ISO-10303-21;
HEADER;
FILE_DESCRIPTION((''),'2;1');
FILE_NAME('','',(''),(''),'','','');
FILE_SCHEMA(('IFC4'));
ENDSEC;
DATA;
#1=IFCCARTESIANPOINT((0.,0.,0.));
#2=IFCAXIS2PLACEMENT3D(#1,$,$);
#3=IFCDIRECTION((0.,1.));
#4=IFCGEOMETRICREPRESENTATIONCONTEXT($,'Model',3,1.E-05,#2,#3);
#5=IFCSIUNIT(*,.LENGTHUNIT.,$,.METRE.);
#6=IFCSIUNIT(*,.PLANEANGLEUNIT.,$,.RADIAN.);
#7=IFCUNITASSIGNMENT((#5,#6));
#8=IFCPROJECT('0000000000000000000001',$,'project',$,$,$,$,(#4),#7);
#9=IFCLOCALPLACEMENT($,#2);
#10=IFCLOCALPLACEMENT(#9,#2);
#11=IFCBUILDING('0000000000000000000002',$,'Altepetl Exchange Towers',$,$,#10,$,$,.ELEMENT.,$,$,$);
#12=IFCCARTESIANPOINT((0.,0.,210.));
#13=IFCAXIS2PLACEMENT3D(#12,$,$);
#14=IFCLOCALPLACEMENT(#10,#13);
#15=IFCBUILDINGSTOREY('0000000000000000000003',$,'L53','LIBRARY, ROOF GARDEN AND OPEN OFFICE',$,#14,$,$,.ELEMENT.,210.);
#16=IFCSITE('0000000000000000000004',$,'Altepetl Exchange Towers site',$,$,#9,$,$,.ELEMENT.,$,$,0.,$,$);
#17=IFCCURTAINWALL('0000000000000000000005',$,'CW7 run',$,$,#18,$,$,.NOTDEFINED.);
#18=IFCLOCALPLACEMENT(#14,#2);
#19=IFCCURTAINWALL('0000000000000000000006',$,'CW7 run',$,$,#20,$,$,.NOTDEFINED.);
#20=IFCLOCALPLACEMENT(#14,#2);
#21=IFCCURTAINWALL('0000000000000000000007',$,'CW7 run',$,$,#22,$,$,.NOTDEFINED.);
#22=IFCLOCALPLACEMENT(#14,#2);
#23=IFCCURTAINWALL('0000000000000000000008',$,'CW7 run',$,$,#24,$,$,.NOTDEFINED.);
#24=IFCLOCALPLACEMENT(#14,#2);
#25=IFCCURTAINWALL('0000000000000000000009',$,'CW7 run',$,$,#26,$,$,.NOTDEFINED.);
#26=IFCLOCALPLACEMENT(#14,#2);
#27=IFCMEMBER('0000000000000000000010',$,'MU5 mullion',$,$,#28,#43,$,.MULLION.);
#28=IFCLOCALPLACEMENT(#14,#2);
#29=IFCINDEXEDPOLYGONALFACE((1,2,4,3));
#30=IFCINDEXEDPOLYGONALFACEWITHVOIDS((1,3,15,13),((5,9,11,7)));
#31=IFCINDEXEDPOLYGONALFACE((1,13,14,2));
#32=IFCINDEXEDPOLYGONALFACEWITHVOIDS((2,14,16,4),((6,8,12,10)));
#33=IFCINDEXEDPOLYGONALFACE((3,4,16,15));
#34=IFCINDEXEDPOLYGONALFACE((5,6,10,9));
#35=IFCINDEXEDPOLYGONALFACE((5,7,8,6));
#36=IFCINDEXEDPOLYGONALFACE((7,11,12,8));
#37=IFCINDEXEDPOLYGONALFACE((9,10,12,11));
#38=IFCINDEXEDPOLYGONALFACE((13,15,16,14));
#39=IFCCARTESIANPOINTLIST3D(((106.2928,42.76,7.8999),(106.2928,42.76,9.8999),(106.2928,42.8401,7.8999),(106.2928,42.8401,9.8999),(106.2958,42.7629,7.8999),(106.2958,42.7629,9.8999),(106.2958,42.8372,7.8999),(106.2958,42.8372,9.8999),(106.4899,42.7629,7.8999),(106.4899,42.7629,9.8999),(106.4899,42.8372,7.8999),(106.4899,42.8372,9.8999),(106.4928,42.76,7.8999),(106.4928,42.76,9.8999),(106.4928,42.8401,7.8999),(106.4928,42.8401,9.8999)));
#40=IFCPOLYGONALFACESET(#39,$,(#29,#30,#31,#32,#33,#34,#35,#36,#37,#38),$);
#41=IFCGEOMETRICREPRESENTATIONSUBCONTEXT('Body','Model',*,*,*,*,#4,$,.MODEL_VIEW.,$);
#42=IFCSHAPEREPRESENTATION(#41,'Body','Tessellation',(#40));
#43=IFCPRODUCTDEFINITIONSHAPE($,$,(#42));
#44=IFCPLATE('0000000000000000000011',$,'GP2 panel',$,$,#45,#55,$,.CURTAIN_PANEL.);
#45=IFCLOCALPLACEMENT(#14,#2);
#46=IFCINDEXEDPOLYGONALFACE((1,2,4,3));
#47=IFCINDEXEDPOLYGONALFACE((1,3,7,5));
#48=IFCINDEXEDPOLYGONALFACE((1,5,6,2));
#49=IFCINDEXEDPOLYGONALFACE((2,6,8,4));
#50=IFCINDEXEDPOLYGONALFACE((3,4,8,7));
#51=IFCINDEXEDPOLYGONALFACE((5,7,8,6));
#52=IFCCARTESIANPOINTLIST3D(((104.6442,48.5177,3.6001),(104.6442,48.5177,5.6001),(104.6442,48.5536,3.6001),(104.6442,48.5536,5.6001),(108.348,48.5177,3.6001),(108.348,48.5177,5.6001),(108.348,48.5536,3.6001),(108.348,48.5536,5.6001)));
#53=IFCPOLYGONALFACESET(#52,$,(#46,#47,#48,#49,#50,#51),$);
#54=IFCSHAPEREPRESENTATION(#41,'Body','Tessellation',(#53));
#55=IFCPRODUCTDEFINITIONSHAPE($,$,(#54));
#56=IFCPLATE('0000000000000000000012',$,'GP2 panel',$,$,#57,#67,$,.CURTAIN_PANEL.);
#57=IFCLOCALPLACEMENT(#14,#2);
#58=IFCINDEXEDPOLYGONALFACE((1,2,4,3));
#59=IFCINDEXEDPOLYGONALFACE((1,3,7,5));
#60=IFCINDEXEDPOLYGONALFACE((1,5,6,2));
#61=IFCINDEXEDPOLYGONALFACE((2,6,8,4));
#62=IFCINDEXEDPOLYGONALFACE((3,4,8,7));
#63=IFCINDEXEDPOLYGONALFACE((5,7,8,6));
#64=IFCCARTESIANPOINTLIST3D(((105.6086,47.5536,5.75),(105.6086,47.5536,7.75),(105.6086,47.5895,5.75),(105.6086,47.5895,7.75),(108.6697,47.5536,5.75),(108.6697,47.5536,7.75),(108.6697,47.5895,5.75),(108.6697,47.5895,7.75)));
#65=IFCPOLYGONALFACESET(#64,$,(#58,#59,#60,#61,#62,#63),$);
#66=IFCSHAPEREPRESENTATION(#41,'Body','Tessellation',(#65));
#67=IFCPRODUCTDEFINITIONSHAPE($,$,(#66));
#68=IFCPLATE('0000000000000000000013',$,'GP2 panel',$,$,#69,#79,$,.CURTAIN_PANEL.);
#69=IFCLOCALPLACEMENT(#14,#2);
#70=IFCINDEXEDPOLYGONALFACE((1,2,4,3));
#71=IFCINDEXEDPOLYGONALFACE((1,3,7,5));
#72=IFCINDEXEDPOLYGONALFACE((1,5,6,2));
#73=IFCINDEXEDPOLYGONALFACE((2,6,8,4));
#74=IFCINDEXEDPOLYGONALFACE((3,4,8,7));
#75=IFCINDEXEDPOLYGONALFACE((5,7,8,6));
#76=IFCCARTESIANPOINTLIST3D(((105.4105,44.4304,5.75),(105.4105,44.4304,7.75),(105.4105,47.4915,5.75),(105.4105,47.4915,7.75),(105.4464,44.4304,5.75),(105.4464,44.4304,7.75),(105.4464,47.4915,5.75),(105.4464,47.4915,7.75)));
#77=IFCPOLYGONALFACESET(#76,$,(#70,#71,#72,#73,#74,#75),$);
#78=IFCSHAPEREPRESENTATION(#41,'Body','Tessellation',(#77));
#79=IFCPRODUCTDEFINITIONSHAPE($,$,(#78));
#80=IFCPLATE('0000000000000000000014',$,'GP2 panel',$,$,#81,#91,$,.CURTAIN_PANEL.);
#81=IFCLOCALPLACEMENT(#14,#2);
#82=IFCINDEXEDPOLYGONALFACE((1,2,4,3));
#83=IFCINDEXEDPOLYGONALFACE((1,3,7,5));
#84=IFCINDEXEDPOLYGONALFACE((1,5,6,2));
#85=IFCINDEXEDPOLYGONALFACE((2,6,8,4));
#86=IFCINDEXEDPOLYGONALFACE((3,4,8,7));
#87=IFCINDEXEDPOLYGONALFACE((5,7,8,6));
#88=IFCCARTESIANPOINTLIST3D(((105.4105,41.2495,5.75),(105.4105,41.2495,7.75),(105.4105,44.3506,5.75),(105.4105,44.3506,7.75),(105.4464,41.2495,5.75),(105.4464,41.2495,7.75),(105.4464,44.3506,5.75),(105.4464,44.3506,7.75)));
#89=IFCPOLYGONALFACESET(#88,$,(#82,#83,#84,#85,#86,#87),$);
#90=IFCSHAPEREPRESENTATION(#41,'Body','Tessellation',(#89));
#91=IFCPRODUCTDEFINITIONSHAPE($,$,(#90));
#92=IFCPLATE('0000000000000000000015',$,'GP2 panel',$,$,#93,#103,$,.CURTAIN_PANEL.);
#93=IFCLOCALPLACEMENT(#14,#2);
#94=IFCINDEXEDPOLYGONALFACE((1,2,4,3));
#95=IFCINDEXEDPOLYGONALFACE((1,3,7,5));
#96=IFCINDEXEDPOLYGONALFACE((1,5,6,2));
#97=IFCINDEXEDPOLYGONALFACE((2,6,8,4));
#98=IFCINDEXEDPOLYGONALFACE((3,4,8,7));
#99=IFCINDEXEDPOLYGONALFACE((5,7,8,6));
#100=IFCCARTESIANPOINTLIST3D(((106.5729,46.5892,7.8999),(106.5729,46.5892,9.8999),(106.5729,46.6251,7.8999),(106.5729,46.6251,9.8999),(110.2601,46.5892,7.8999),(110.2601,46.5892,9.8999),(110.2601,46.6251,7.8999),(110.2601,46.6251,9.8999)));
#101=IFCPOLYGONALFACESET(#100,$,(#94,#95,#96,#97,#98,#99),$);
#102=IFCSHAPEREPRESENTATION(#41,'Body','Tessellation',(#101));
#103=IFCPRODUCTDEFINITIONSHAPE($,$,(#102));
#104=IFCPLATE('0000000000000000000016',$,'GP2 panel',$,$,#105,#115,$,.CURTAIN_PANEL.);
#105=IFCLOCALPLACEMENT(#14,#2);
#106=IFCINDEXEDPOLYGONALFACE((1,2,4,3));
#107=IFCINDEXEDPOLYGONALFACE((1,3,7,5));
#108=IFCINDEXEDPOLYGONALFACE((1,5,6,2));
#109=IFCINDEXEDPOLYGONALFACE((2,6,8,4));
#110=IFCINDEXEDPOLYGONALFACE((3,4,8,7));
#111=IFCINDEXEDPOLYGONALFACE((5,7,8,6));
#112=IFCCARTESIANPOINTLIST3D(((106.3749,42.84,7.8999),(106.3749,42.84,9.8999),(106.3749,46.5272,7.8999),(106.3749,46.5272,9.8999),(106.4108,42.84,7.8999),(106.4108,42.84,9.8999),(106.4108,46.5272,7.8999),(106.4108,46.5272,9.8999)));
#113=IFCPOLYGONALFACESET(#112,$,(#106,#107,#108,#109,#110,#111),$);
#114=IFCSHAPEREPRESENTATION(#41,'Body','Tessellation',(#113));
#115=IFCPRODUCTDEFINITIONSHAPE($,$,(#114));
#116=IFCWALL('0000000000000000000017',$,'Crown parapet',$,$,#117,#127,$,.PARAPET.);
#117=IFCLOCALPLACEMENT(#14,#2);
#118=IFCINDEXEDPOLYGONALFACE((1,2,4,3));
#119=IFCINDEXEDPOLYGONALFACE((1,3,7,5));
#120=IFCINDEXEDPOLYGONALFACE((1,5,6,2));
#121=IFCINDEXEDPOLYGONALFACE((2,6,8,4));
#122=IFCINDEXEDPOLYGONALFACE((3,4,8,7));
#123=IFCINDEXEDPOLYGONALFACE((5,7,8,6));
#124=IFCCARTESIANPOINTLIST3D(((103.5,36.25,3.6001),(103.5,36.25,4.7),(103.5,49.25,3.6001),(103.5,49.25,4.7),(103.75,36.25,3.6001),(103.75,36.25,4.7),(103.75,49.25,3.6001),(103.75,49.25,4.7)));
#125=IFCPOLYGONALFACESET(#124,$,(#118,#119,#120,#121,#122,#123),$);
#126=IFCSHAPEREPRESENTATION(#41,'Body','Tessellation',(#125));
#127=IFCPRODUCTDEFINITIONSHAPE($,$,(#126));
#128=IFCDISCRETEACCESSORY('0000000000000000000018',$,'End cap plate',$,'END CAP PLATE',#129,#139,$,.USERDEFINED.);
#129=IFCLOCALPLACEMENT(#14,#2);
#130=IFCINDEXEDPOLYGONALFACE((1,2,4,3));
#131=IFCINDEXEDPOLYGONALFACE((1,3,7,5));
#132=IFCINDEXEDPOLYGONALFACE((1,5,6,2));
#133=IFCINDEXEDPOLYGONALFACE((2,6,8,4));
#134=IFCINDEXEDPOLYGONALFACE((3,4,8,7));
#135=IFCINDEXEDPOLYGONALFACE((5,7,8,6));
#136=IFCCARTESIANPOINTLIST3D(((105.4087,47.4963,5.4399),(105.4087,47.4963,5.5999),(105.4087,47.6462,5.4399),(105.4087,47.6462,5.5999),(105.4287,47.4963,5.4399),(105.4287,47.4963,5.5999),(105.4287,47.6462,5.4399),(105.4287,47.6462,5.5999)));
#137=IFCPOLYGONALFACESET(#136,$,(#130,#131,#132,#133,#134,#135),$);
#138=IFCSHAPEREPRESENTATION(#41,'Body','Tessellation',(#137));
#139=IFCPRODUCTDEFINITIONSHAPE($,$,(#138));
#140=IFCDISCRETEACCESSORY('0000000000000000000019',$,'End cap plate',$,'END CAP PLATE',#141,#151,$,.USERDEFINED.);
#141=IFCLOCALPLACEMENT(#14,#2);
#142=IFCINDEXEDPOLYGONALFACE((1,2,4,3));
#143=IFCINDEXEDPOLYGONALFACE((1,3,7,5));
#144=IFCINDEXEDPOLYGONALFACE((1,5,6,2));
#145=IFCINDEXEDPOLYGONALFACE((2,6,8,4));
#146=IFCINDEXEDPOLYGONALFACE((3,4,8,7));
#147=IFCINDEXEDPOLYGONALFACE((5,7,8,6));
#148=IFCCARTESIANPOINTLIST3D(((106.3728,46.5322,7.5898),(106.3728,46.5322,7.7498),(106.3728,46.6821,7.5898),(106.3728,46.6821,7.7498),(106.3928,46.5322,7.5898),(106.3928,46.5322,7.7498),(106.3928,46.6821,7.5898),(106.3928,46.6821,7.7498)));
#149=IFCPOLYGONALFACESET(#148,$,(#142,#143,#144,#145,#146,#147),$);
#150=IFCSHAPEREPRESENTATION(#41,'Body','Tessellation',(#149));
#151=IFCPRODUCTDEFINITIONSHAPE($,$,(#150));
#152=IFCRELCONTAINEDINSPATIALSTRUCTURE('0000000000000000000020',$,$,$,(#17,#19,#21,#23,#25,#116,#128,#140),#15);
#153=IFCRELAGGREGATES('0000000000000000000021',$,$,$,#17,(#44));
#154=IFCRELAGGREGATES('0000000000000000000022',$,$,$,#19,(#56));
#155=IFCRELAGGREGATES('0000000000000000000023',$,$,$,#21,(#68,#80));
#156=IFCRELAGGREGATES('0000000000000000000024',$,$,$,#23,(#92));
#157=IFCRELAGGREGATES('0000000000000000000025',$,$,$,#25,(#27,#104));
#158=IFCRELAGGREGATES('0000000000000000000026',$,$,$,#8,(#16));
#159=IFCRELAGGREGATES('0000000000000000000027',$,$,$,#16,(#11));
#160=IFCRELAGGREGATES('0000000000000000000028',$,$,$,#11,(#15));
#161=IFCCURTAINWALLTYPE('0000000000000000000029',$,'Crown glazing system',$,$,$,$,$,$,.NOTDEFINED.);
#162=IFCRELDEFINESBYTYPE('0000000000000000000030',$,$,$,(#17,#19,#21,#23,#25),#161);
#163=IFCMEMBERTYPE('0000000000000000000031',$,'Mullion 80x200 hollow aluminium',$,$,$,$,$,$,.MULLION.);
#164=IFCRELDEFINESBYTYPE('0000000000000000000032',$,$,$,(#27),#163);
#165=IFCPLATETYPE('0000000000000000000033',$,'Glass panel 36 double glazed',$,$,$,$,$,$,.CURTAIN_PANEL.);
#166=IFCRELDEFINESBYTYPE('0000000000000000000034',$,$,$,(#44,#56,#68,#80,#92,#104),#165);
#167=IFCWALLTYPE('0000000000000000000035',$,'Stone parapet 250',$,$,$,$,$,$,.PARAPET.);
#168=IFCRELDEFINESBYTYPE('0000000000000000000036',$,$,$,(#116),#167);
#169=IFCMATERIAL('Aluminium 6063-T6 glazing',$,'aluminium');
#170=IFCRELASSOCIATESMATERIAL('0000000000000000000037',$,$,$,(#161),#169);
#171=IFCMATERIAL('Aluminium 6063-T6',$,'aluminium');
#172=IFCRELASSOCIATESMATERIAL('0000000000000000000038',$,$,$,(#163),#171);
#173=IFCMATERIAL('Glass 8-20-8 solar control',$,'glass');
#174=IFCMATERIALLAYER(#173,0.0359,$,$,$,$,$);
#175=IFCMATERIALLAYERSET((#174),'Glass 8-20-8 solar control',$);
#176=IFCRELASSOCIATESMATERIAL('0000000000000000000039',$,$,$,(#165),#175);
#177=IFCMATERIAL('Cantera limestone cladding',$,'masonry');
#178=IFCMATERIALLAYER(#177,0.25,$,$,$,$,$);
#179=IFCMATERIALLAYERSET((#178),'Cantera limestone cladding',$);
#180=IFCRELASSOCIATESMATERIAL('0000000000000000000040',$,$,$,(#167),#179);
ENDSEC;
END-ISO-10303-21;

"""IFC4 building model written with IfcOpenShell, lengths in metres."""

from ifc_helpers import new_model, si_unit, direction, frame, frame_2d, origin, origin_2d, place, context, subcontext, project, spatial, rectangle, hollow_rectangle, extrude, material, layer, layer_set, material_profile, profile_set, type_object, element, aggregate, save


model = new_model("IFC4")

# Units and contexts
model_context = context("Model", 3, precision=1e-05, world=origin(), true_north=direction((0.0, 1.0)))
body_context = subcontext(model_context, "Body", "Model", "MODEL_VIEW")
ifc_project = project(units=[si_unit("LENGTHUNIT", "METRE"), si_unit("PLANEANGLEUNIT", "RADIAN")], contexts=[model_context])

# Site, building, storey
site_placement = place(None, origin())
site = spatial("IfcSite", under=ifc_project, at=site_placement, Name="Altepetl Exchange Towers site", CompositionType="ELEMENT", RefElevation=0.0)
building_placement = place(site_placement, origin())
building = spatial("IfcBuilding", under=site, at=building_placement, Name="Altepetl Exchange Towers", CompositionType="ELEMENT")
storey_placement = place(building_placement, frame((0.0, 0.0, 210.0)))
storey = spatial("IfcBuildingStorey", under=building, at=storey_placement, Name="L53", Description="LIBRARY, ROOF GARDEN AND OPEN OFFICE", CompositionType="ELEMENT", Elevation=210.0)

# Curtain wall
ifc_material_1 = material(Name="Aluminium 6063-T6 glazing", Category="aluminium")
curtain_wall_type = type_object("IfcCurtainWallType", Name="Crown glazing system", PredefinedType="NOTDEFINED", material=ifc_material_1)
curtain_wall_1_placement = place(storey_placement, origin())
curtain_wall_1 = element("IfcCurtainWall", 1, at=curtain_wall_1_placement, inside=storey, type_object=curtain_wall_type, Name="CW7 run", PredefinedType="NOTDEFINED")
ifc_material_2 = material(Name="Aluminium 6063-T6", Category="aluminium")
ifc_material_profile_1 = material_profile(ifc_material_2, hollow_rectangle(XDim=0.0801, YDim=0.2, WallThickness=0.0029, at=origin_2d()), Name="Mullion 80x200 hollow aluminium")
ifc_profile_set_1 = profile_set([ifc_material_profile_1], Name="Aluminium 6063-T6")
member_type = type_object("IfcMemberType", Name="Mullion 80x200 hollow aluminium", PredefinedType="MULLION", material=ifc_profile_set_1)

# Curtain walls
curtain_wall_2_placement = place(storey_placement, origin())
curtain_wall_2 = element("IfcCurtainWall", 2, at=curtain_wall_2_placement, inside=storey, type_object=curtain_wall_type, Name="CW7 run", PredefinedType="NOTDEFINED")
curtain_wall_3_placement = place(storey_placement, origin())
curtain_wall_3 = element("IfcCurtainWall", 3, at=curtain_wall_3_placement, inside=storey, type_object=curtain_wall_type, Name="CW7 run", PredefinedType="NOTDEFINED")

# Curtain wall
curtain_wall_4_placement = place(storey_placement, origin())
curtain_wall_4 = element("IfcCurtainWall", 4, at=curtain_wall_4_placement, inside=storey, type_object=curtain_wall_type, Name="CW7 run", PredefinedType="NOTDEFINED")

# Curtain wall, member
curtain_wall_5_placement = place(storey_placement, origin())
curtain_wall_5 = element("IfcCurtainWall", 5, at=curtain_wall_5_placement, inside=storey, type_object=curtain_wall_type, Name="CW7 run", PredefinedType="NOTDEFINED")
member_1_placement = place(storey_placement, frame((106.3928, 42.8, 7.8999), z_axis=(0.0, 0.0, 1.0), x_axis=(0.0, -1.0, 0.0)))
member_1 = element("IfcMember", 6, at=member_1_placement, type_object=member_type, Name="MU5 mullion", PredefinedType="MULLION", context=body_context, shape_type="SweptSolid", body=[
    extrude(hollow_rectangle(XDim=0.0801, YDim=0.2, WallThickness=0.0029, at=origin_2d()), origin(), (0.0, 0.0, 1.0), 2.0),
])

# Plates
ifc_material_3 = material(Name="Glass 8-20-8 solar control", Category="glass")
ifc_layer_1 = layer(ifc_material_3, 0.0359)
ifc_layer_set_1 = layer_set([ifc_layer_1], Name="Glass 8-20-8 solar control")
plate_type = type_object("IfcPlateType", Name="Glass panel 36 double glazed", PredefinedType="CURTAIN_PANEL", material=ifc_layer_set_1)
plate_1_placement = place(storey_placement, frame((106.4961, 48.5356, 3.6001), z_axis=(0.0, 0.0, 1.0), x_axis=(-1.0, 0.0, 0.0)))
plate_1 = element("IfcPlate", 7, at=plate_1_placement, type_object=plate_type, Name="GP2 panel", PredefinedType="CURTAIN_PANEL", context=body_context, shape_type="SweptSolid", body=[
    extrude(rectangle(XDim=3.7039, YDim=0.0359, at=origin_2d()), origin(), (0.0, 0.0, 1.0), 2.0),
])
aggregate(curtain_wall_1, [plate_1])
plate_2_placement = place(storey_placement, frame((107.1392, 47.5715, 5.75), z_axis=(0.0, 0.0, 1.0), x_axis=(-1.0, 0.0, 0.0)))
plate_2 = element("IfcPlate", 8, at=plate_2_placement, type_object=plate_type, Name="GP2 panel", PredefinedType="CURTAIN_PANEL", context=body_context, shape_type="SweptSolid", body=[
    extrude(rectangle(XDim=3.061, YDim=0.0359, at=origin_2d()), origin(), (0.0, 0.0, 1.0), 2.0),
])
aggregate(curtain_wall_2, [plate_2])
plate_3_placement = place(storey_placement, frame((105.4285, 45.9609, 5.75), z_axis=(0.0, 0.0, 1.0), x_axis=(0.0, -1.0, 0.0)))
plate_3 = element("IfcPlate", 9, at=plate_3_placement, type_object=plate_type, Name="GP2 panel", PredefinedType="CURTAIN_PANEL", context=body_context, shape_type="SweptSolid", body=[
    extrude(rectangle(XDim=3.061, YDim=0.0359, at=origin_2d()), origin(), (0.0, 0.0, 1.0), 2.0),
])
plate_4_placement = place(storey_placement, frame((105.4285, 42.8, 5.75), z_axis=(0.0, 0.0, 1.0), x_axis=(0.0, -1.0, 0.0)))
plate_4 = element("IfcPlate", 10, at=plate_4_placement, type_object=plate_type, Name="GP2 panel", PredefinedType="CURTAIN_PANEL", context=body_context, shape_type="SweptSolid", body=[
    extrude(rectangle(XDim=3.1011, YDim=0.0359, at=origin_2d()), origin(), (0.0, 0.0, 1.0), 2.0),
])
aggregate(curtain_wall_3, [plate_3, plate_4])
plate_5_placement = place(storey_placement, frame((108.4165, 46.6072, 7.8999), z_axis=(0.0, 0.0, 1.0), x_axis=(-1.0, 0.0, 0.0)))
plate_5 = element("IfcPlate", 11, at=plate_5_placement, type_object=plate_type, Name="GP2 panel", PredefinedType="CURTAIN_PANEL", context=body_context, shape_type="SweptSolid", body=[
    extrude(rectangle(XDim=3.6873, YDim=0.0359, at=origin_2d()), origin(), (0.0, 0.0, 1.0), 2.0),
])
aggregate(curtain_wall_4, [plate_5])
plate_6_placement = place(storey_placement, frame((106.3928, 44.6836, 7.8999), z_axis=(0.0, 0.0, 1.0), x_axis=(0.0, -1.0, 0.0)))
plate_6 = element("IfcPlate", 12, at=plate_6_placement, type_object=plate_type, Name="GP2 panel", PredefinedType="CURTAIN_PANEL", context=body_context, shape_type="SweptSolid", body=[
    extrude(rectangle(XDim=3.6873, YDim=0.0359, at=origin_2d()), origin(), (0.0, 0.0, 1.0), 2.0),
])
aggregate(curtain_wall_5, [member_1, plate_6])

# Wall
ifc_material_4 = material(Name="Cantera limestone cladding", Category="masonry")
ifc_layer_2 = layer(ifc_material_4, 0.25)
ifc_layer_set_2 = layer_set([ifc_layer_2], Name="Cantera limestone cladding")
wall_type = type_object("IfcWallType", Name="Stone parapet 250", PredefinedType="PARAPET", material=ifc_layer_set_2)
wall_placement = place(storey_placement, frame((103.625, 49.25, 3.6001), z_axis=(0.0, 0.0, 1.0), x_axis=(0.0, -1.0, 0.0)))
element("IfcWall", 13, at=wall_placement, inside=storey, type_object=wall_type, Name="Crown parapet", PredefinedType="PARAPET", context=body_context, shape_type="SweptSolid", body=[
    extrude(rectangle(XDim=13.0, YDim=0.25, at=frame_2d((6.5, 0.0))), origin(), (0.0, 0.0, 1.0), 1.0999),
])

# Discrete accessories
for number, where, z_axis, x_axis, name in (
    (14, (105.4187, 47.5713, 5.4399), (0.0, 0.0, 1.0), (-1.0, 0.0, 0.0), "End cap plate"),
    (15, (106.3828, 46.6072, 7.5898), (0.0, 0.0, 1.0), (-1.0, 0.0, 0.0), "End cap plate"),
):
    element("IfcDiscreteAccessory", number, at=place(storey_placement, frame(where, z_axis=z_axis, x_axis=x_axis)), inside=storey, Name=name, ObjectType="END CAP PLATE", PredefinedType="USERDEFINED", context=body_context, shape_type="SweptSolid", body=[
        extrude(rectangle(XDim=0.02, YDim=0.1499, at=origin_2d()), origin(), (0.0, 0.0, 1.0), 0.1599),
    ])

save(model, "model.ifc")
